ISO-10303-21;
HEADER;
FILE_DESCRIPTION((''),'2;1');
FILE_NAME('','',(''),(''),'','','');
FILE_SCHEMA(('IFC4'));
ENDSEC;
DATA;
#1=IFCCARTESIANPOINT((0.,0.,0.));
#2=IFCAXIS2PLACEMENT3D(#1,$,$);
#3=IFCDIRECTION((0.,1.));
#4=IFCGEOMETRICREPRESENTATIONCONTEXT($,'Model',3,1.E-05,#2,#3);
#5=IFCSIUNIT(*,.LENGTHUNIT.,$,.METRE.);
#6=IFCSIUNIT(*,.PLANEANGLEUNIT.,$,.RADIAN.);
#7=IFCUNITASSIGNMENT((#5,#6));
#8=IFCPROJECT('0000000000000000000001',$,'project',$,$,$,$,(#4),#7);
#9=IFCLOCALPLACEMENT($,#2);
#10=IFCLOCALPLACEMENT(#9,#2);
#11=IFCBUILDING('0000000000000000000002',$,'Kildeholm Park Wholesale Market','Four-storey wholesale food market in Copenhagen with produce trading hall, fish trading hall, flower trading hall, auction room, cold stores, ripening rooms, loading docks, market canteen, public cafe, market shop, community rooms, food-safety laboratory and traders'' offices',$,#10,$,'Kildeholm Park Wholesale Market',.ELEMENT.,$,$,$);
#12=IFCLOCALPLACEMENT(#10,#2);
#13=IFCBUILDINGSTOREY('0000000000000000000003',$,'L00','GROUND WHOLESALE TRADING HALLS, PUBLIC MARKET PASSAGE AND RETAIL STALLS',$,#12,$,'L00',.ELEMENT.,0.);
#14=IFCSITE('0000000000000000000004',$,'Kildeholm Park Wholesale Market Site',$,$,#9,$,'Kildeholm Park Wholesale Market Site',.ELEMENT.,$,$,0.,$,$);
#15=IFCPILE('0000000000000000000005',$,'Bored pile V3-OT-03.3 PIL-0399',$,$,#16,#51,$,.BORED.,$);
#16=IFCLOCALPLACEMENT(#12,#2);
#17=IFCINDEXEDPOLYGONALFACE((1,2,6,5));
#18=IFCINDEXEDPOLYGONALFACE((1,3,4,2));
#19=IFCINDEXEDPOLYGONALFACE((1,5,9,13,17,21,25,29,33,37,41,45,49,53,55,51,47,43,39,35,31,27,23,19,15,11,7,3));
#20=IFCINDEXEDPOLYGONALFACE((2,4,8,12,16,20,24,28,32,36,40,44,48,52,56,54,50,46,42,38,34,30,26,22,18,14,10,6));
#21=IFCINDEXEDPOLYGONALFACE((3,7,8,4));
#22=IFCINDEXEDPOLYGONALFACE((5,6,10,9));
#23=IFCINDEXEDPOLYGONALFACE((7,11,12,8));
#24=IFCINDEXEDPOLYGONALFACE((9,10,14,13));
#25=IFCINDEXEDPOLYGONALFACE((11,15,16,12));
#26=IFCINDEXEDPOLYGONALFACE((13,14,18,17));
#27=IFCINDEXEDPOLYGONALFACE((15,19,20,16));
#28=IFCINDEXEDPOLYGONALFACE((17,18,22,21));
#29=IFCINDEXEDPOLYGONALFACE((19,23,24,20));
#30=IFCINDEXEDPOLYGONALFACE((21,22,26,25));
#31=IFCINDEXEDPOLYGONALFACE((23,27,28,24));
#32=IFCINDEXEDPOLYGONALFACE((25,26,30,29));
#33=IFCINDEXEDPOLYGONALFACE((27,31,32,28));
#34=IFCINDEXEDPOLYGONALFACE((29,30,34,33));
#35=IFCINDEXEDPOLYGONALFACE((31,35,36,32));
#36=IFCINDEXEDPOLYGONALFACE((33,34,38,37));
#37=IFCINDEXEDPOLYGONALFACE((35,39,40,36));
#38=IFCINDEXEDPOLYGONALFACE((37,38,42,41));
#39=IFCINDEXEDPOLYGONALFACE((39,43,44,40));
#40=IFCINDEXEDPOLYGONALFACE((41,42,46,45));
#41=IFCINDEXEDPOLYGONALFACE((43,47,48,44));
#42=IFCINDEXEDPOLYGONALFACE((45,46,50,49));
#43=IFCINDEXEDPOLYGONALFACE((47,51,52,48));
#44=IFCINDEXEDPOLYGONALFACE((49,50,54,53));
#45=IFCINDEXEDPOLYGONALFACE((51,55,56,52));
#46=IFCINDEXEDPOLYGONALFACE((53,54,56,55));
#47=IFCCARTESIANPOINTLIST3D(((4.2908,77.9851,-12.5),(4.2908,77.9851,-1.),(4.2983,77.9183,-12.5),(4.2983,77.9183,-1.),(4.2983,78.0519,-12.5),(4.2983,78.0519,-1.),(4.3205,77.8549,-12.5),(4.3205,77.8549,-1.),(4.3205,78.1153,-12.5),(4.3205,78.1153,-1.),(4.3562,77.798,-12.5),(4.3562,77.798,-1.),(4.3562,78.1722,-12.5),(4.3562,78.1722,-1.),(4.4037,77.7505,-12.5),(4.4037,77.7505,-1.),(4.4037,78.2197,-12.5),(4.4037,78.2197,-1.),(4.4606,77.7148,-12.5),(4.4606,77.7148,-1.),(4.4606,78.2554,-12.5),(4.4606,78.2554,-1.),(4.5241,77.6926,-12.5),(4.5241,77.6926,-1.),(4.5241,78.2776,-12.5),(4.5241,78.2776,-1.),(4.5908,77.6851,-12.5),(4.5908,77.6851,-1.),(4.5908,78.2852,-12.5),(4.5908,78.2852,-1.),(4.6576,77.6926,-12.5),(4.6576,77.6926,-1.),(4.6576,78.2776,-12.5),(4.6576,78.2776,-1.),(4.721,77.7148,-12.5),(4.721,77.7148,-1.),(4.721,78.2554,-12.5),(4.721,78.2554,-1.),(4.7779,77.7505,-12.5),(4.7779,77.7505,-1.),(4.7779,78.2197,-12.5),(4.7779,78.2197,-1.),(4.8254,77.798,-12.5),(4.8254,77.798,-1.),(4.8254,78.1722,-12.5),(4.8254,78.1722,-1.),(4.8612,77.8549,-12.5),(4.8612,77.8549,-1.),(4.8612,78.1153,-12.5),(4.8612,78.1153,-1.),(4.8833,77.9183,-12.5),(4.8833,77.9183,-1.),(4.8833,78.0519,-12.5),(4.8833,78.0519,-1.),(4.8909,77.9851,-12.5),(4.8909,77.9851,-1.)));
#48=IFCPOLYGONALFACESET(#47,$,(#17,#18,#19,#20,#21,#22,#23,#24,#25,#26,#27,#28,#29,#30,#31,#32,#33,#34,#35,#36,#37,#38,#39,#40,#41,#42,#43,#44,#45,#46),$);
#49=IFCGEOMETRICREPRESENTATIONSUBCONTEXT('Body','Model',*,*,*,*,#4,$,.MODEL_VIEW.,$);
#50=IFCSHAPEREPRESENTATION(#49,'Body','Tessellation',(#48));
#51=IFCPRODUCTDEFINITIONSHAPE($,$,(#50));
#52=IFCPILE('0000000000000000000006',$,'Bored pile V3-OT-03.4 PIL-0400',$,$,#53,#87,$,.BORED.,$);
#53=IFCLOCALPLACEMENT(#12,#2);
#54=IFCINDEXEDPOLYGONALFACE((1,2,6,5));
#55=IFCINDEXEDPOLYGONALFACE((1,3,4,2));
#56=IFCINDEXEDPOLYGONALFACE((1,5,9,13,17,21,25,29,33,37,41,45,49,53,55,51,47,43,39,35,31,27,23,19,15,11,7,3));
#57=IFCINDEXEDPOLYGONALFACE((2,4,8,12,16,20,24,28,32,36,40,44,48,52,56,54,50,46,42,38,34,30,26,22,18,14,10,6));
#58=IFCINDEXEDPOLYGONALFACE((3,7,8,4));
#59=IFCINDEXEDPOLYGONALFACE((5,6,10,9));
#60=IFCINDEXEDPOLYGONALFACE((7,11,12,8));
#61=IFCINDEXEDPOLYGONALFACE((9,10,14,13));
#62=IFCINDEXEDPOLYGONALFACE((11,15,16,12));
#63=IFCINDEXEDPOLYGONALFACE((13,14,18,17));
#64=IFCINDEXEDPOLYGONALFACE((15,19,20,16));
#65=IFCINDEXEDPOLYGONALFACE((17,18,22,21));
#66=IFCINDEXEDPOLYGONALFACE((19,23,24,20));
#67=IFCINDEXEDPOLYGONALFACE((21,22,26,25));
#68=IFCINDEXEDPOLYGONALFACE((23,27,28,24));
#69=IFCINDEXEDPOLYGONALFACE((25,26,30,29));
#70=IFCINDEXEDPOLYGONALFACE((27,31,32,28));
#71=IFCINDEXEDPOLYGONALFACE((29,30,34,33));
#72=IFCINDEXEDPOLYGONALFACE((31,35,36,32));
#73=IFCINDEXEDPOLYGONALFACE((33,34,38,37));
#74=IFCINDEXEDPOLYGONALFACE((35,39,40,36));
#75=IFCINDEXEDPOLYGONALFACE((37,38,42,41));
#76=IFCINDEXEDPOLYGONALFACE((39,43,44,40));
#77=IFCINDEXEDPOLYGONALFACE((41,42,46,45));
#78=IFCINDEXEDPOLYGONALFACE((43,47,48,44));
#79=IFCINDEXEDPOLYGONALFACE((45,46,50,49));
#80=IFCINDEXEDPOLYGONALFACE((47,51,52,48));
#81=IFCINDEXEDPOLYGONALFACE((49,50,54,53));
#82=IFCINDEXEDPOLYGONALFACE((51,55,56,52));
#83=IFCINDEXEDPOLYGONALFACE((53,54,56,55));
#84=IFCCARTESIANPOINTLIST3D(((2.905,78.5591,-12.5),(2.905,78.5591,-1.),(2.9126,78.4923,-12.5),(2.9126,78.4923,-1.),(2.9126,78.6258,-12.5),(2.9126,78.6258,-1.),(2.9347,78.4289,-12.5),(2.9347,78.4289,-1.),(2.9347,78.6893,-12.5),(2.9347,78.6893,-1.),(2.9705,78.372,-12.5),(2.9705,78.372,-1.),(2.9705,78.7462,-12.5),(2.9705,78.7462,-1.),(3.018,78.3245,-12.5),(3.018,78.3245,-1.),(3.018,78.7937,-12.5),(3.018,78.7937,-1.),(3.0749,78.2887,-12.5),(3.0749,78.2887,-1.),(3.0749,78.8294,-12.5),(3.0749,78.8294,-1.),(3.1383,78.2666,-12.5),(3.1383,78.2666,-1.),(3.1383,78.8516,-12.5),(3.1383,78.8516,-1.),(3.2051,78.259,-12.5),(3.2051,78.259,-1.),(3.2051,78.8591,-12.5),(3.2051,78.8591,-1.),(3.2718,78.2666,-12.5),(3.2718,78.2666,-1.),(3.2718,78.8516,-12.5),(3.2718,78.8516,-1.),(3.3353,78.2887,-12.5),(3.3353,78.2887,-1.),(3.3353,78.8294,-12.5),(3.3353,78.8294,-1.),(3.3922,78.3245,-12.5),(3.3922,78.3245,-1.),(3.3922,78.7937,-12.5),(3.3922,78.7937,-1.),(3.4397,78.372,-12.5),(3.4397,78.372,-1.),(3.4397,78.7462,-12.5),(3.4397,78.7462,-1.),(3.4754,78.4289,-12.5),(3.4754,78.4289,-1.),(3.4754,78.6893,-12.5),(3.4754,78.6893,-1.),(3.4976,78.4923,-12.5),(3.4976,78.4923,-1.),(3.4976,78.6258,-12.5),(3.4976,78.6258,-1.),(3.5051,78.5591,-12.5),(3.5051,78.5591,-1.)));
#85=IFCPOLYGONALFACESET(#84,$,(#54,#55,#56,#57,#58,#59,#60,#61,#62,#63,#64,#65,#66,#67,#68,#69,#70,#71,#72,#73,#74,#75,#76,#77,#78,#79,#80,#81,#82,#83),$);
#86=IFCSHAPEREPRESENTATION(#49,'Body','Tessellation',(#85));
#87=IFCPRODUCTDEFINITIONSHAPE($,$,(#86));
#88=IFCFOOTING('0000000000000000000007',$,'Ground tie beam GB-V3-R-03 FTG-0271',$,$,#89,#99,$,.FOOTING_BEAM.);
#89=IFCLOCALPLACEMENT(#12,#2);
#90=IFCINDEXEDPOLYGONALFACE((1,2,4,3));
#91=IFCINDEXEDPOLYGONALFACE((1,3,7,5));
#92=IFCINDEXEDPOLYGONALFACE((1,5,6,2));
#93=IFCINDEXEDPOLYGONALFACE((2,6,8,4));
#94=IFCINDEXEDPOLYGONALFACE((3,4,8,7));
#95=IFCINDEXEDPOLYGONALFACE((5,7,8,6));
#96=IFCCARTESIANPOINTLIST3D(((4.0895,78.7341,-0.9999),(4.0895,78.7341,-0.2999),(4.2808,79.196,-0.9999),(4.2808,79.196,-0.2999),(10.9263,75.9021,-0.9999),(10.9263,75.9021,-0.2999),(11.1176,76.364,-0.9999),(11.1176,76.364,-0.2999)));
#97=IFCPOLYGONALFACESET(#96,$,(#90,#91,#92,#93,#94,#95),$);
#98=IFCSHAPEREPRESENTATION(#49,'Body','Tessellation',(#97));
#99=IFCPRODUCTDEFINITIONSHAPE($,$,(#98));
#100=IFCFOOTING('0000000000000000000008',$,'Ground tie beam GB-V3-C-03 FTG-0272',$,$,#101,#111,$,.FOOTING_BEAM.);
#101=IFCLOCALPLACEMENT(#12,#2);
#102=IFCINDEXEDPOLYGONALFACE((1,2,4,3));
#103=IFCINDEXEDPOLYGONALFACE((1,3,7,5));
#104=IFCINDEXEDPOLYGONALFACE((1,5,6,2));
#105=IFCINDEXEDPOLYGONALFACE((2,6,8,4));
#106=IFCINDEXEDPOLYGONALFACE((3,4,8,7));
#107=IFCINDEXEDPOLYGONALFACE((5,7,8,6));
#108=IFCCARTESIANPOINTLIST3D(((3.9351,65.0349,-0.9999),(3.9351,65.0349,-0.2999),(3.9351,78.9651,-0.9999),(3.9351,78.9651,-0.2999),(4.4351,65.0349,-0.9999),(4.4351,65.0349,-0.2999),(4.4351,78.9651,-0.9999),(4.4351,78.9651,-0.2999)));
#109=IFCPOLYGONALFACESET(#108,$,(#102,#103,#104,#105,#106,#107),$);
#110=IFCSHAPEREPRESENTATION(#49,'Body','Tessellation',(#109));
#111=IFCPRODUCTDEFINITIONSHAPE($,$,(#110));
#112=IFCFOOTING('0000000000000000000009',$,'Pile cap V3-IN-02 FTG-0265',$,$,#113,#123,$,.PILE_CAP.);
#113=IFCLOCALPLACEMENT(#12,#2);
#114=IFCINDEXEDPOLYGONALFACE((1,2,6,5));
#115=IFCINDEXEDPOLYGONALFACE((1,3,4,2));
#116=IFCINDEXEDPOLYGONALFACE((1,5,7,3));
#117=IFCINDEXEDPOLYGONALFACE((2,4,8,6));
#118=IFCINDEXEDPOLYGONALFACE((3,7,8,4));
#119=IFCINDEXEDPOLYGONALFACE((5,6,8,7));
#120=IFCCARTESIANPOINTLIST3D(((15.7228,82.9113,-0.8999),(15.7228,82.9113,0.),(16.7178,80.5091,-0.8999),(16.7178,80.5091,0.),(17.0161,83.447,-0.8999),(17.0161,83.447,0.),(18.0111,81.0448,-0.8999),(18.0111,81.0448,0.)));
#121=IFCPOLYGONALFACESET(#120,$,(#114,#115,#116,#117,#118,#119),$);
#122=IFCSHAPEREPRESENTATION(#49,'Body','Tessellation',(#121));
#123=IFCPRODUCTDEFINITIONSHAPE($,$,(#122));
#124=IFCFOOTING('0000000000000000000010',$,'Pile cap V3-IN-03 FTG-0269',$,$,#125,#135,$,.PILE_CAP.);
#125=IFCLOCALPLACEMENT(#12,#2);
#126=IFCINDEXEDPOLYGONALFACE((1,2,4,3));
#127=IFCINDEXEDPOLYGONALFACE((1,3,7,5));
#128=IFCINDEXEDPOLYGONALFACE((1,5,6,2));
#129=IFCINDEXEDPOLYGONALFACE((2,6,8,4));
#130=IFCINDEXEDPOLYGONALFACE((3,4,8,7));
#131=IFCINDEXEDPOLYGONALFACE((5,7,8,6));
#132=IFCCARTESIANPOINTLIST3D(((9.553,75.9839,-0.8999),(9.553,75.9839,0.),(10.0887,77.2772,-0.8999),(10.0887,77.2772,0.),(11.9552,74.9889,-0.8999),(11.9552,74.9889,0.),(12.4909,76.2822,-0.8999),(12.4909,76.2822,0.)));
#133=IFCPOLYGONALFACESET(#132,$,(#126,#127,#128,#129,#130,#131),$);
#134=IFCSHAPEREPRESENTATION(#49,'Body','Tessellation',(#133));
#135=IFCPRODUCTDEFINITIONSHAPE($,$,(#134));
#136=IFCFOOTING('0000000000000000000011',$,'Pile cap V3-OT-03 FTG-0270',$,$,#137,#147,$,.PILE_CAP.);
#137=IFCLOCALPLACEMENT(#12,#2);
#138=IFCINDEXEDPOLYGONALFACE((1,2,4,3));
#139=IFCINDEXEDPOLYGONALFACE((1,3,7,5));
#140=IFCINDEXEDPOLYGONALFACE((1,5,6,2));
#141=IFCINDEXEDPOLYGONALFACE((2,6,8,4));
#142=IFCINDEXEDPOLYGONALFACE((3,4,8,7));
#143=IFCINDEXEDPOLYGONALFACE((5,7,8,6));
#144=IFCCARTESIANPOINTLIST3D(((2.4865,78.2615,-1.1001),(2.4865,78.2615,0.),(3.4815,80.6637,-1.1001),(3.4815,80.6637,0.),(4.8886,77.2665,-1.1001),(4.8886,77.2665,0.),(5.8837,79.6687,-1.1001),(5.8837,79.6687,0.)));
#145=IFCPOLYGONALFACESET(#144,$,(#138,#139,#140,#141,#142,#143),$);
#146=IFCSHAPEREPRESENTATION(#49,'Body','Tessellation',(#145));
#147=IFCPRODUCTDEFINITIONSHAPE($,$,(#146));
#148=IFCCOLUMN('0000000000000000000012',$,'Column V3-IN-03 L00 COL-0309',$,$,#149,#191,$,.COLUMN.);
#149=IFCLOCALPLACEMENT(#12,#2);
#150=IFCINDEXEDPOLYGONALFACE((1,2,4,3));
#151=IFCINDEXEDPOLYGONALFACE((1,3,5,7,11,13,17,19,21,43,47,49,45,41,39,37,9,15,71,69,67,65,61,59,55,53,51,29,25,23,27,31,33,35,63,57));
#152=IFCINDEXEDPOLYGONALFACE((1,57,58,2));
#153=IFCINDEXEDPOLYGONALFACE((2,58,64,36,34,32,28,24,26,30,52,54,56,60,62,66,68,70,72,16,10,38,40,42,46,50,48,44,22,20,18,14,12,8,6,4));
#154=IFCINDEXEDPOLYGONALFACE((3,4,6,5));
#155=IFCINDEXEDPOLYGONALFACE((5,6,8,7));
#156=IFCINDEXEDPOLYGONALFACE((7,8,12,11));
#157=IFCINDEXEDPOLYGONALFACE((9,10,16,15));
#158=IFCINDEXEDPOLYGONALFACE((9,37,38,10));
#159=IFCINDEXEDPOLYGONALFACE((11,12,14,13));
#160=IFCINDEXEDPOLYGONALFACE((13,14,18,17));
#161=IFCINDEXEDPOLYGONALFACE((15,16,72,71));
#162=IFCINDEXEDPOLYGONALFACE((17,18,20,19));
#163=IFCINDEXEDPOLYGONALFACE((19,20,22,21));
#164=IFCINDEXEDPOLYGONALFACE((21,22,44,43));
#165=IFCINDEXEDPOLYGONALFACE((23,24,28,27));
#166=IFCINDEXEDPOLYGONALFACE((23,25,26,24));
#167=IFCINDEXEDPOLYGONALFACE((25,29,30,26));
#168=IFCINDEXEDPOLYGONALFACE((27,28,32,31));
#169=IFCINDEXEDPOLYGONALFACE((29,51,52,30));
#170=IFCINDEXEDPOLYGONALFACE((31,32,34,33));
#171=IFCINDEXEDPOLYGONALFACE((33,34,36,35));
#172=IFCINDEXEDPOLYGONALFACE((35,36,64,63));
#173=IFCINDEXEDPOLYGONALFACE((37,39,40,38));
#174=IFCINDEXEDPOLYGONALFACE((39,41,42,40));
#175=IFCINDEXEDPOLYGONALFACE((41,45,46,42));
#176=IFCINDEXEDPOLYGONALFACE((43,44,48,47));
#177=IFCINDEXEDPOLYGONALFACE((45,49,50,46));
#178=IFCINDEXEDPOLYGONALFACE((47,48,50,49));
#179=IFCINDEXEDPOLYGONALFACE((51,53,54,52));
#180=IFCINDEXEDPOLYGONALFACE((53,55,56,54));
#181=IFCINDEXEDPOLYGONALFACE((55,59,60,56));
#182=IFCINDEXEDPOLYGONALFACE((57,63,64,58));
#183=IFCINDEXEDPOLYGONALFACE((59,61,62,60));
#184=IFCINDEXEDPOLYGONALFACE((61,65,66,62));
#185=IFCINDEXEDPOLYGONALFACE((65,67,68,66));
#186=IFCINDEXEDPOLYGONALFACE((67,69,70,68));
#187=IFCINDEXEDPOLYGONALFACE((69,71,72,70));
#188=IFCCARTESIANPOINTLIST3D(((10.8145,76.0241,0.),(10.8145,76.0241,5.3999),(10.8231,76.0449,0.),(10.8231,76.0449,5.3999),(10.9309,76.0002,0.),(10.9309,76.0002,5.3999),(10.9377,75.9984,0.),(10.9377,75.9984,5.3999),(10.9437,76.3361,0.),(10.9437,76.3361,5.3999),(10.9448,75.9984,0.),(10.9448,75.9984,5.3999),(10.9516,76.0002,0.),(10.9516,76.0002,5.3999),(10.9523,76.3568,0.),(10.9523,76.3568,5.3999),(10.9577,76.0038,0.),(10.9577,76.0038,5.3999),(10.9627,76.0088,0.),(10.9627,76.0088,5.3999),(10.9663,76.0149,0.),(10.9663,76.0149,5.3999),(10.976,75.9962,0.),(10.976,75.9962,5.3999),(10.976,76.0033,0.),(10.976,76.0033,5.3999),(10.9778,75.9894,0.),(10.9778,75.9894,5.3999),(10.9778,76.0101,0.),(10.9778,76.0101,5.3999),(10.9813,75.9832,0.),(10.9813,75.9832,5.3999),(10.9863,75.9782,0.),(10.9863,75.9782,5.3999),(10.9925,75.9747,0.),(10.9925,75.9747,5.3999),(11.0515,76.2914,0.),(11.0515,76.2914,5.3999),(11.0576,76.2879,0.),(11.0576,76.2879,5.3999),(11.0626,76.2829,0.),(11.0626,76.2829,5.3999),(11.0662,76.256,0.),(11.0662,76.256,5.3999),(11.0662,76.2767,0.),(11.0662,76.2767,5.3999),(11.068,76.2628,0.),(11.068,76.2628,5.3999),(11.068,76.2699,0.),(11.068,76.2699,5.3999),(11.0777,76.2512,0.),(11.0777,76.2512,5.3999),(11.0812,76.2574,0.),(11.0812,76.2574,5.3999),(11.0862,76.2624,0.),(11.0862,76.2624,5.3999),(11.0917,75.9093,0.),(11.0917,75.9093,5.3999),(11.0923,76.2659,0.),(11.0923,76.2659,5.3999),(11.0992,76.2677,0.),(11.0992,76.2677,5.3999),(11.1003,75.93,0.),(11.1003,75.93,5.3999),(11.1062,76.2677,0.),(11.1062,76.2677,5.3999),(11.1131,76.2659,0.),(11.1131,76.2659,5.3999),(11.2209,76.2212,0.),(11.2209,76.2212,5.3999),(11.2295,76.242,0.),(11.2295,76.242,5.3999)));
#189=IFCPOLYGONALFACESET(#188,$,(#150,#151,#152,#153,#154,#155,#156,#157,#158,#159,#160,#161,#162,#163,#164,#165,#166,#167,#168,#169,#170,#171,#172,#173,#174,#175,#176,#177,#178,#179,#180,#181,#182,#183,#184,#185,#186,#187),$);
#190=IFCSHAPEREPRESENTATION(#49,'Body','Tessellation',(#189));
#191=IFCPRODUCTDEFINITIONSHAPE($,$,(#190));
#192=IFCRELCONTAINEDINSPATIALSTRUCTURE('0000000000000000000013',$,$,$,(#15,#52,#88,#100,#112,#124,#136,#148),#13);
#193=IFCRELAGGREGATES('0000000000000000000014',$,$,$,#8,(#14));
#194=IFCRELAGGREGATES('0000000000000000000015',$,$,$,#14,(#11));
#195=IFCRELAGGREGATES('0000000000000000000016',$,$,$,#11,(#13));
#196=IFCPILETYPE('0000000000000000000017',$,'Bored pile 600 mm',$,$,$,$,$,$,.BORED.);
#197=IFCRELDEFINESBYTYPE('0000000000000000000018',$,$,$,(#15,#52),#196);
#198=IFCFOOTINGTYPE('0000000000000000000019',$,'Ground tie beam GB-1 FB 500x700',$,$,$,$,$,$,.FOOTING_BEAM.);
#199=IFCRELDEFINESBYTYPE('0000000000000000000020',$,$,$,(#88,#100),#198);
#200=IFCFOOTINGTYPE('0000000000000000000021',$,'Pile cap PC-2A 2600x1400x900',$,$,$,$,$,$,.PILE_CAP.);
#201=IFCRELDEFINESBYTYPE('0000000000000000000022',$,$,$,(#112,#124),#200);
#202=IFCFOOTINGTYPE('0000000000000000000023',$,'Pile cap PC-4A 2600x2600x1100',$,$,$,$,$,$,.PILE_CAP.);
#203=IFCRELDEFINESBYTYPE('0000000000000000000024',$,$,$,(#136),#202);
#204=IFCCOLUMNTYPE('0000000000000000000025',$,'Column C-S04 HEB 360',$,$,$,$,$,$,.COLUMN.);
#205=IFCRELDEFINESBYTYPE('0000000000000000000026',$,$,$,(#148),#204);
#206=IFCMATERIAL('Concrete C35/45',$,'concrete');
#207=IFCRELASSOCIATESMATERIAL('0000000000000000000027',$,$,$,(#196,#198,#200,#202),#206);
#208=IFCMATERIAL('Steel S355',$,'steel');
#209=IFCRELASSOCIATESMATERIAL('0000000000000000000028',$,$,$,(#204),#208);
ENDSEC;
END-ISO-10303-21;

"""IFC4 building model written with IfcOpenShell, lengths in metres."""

from ifc_helpers import new_model, si_unit, direction, frame, origin, origin_2d, place, context, subcontext, project, spatial, rectangle, circle, i_section, extrude, material, material_profile, profile_set, type_object, element, save


model = new_model("IFC4")

# Units and contexts
model_context = context("Model", 3, precision=1e-05, world=origin(), true_north=direction((0.0, 1.0)))
body_context = subcontext(model_context, "Body", "Model", "MODEL_VIEW")
ifc_project = project(units=[si_unit("LENGTHUNIT", "METRE"), si_unit("PLANEANGLEUNIT", "RADIAN")], contexts=[model_context])

# Site, building, storey
site_placement = place(None, origin())
site = spatial("IfcSite", under=ifc_project, at=site_placement, Name="Kildeholm Park Wholesale Market Site", LongName="Kildeholm Park Wholesale Market Site", CompositionType="ELEMENT", RefElevation=0.0)
building_placement = place(site_placement, origin())
building = spatial("IfcBuilding", under=site, at=building_placement, Name="Kildeholm Park Wholesale Market", Description="Four-storey wholesale food market in Copenhagen with produce trading hall, fish trading hall, flower trading hall, auction room, cold stores, ripening rooms, loading docks, market canteen, public cafe, market shop, community rooms, food-safety laboratory and traders' offices", LongName="Kildeholm Park Wholesale Market", CompositionType="ELEMENT")
storey_placement = place(building_placement, origin())
storey = spatial("IfcBuildingStorey", under=building, at=storey_placement, Name="L00", Description="GROUND WHOLESALE TRADING HALLS, PUBLIC MARKET PASSAGE AND RETAIL STALLS", LongName="L00", CompositionType="ELEMENT", Elevation=0.0)

# Piles
ifc_material_1 = material(Name="Concrete C35/45", Category="concrete")
ifc_material_profile_1 = material_profile(ifc_material_1, circle(Radius=0.3, at=origin_2d()), Name="PILE D600")
ifc_profile_set_1 = profile_set([ifc_material_profile_1], Name="Concrete C35/45")
pile_type = type_object("IfcPileType", Name="Bored pile 600 mm", PredefinedType="BORED", material=ifc_profile_set_1)
for number, where, z_axis, x_axis, name in (
    (1, (4.5908, 77.9851, -1.0), (0.0, 0.0, -1.0), (1.0, 0.0, 0.0), "Bored pile V3-OT-03.3 PIL-0399"),
    (2, (3.2051, 78.5591, -1.0), (0.0, 0.0, -1.0), (1.0, 0.0, 0.0), "Bored pile V3-OT-03.4 PIL-0400"),
):
    element("IfcPile", number, at=place(storey_placement, frame(where, z_axis=z_axis, x_axis=x_axis)), inside=storey, type_object=pile_type, Name=name, PredefinedType="BORED", context=body_context, shape_type="SweptSolid", body=[
        extrude(circle(Radius=0.3, at=origin_2d()), origin(), (0.0, 0.0, 1.0), 11.5),
    ])

# Footings
ifc_material_profile_2 = material_profile(ifc_material_1, rectangle(XDim=0.5, YDim=0.7, at=origin_2d()), Name="FB 500x700")
ifc_profile_set_2 = profile_set([ifc_material_profile_2], Name="Concrete C35/45")
footing_type_1 = type_object("IfcFootingType", Name="Ground tie beam GB-1 FB 500x700", PredefinedType="FOOTING_BEAM", material=ifc_profile_set_2)
footing_1_placement = place(storey_placement, frame((11.022, 76.1331, -0.6499), z_axis=(-0.923875, 0.382694, 0.0), x_axis=(-0.382694, -0.923875, 0.0)))
element("IfcFooting", 3, at=footing_1_placement, inside=storey, type_object=footing_type_1, Name="Ground tie beam GB-V3-R-03 FTG-0271", PredefinedType="FOOTING_BEAM", context=body_context, shape_type="SweptSolid", body=[
    extrude(rectangle(XDim=0.5, YDim=0.7, at=origin_2d()), origin(), (0.0, 0.0, 1.0), 7.4001),
])
footing_2_placement = place(storey_placement, frame((4.1851, 78.9651, -0.6499), z_axis=(0.0, -1.0, 0.0), x_axis=(1.0, 0.0, 0.0)))
element("IfcFooting", 4, at=footing_2_placement, inside=storey, type_object=footing_type_1, Name="Ground tie beam GB-V3-C-03 FTG-0272", PredefinedType="FOOTING_BEAM", context=body_context, shape_type="SweptSolid", body=[
    extrude(rectangle(XDim=0.5, YDim=0.7, at=origin_2d()), origin(), (0.0, 0.0, 1.0), 13.9302),
])
footing_type_2 = type_object("IfcFootingType", Name="Pile cap PC-2A 2600x1400x900", PredefinedType="PILE_CAP", material=ifc_material_1)
for number, where, z_axis, x_axis, name in (
    (5, (16.8669, 81.978, -0.8999), (0.0, 0.0, 1.0), (-0.382683, 0.92388, 0.0), "Pile cap V3-IN-02 FTG-0265"),
    (6, (11.022, 76.1331, -0.8999), (0.0, 0.0, 1.0), (-0.92388, 0.382683, 0.0), "Pile cap V3-IN-03 FTG-0269"),
):
    element("IfcFooting", number, at=place(storey_placement, frame(where, z_axis=z_axis, x_axis=x_axis)), inside=storey, type_object=footing_type_2, Name=name, PredefinedType="PILE_CAP", context=body_context, shape_type="SweptSolid", body=[
        extrude(rectangle(XDim=2.6001, YDim=1.3999, at=origin_2d()), origin(), (0.0, 0.0, 1.0), 0.8999),
    ])
footing_type_3 = type_object("IfcFootingType", Name="Pile cap PC-4A 2600x2600x1100", PredefinedType="PILE_CAP", material=ifc_material_1)
footing_3_placement = place(storey_placement, frame((4.1851, 78.9651, -1.1001), z_axis=(0.0, 0.0, 1.0), x_axis=(-0.92388, 0.382683, 0.0)))
element("IfcFooting", 7, at=footing_3_placement, inside=storey, type_object=footing_type_3, Name="Pile cap V3-OT-03 FTG-0270", PredefinedType="PILE_CAP", context=body_context, shape_type="SweptSolid", body=[
    extrude(rectangle(XDim=2.6001, YDim=2.6001, at=origin_2d()), origin(), (0.0, 0.0, 1.0), 1.1001),
])

# Column
ifc_material_2 = material(Name="Steel S355", Category="steel")
ifc_material_profile_3 = material_profile(ifc_material_2, i_section(OverallWidth=0.3, OverallDepth=0.3601, WebThickness=0.0125, FlangeThickness=0.0225, FilletRadius=0.0271, at=origin_2d()), Name="HEB 360")
ifc_profile_set_3 = profile_set([ifc_material_profile_3], Name="Steel S355")
column_type_1 = type_object("IfcColumnType", Name="Column C-S04 HEB 360", PredefinedType="COLUMN", material=ifc_profile_set_3)
column_1_placement = place(storey_placement, frame((11.022, 76.1331, 0.0), z_axis=(0.0, 0.0, 1.0), x_axis=(-0.92388, 0.382683, 0.0)))
element("IfcColumn", 8, at=column_1_placement, inside=storey, type_object=column_type_1, Name="Column V3-IN-03 L00 COL-0309", PredefinedType="COLUMN", context=body_context, shape_type="SweptSolid", body=[
    extrude(i_section(OverallWidth=0.3, OverallDepth=0.3601, WebThickness=0.0125, FlangeThickness=0.0225, FilletRadius=0.0271, at=origin_2d()), origin(), (0.0, 0.0, 1.0), 5.3999),
])

save(model, "model.ifc")
